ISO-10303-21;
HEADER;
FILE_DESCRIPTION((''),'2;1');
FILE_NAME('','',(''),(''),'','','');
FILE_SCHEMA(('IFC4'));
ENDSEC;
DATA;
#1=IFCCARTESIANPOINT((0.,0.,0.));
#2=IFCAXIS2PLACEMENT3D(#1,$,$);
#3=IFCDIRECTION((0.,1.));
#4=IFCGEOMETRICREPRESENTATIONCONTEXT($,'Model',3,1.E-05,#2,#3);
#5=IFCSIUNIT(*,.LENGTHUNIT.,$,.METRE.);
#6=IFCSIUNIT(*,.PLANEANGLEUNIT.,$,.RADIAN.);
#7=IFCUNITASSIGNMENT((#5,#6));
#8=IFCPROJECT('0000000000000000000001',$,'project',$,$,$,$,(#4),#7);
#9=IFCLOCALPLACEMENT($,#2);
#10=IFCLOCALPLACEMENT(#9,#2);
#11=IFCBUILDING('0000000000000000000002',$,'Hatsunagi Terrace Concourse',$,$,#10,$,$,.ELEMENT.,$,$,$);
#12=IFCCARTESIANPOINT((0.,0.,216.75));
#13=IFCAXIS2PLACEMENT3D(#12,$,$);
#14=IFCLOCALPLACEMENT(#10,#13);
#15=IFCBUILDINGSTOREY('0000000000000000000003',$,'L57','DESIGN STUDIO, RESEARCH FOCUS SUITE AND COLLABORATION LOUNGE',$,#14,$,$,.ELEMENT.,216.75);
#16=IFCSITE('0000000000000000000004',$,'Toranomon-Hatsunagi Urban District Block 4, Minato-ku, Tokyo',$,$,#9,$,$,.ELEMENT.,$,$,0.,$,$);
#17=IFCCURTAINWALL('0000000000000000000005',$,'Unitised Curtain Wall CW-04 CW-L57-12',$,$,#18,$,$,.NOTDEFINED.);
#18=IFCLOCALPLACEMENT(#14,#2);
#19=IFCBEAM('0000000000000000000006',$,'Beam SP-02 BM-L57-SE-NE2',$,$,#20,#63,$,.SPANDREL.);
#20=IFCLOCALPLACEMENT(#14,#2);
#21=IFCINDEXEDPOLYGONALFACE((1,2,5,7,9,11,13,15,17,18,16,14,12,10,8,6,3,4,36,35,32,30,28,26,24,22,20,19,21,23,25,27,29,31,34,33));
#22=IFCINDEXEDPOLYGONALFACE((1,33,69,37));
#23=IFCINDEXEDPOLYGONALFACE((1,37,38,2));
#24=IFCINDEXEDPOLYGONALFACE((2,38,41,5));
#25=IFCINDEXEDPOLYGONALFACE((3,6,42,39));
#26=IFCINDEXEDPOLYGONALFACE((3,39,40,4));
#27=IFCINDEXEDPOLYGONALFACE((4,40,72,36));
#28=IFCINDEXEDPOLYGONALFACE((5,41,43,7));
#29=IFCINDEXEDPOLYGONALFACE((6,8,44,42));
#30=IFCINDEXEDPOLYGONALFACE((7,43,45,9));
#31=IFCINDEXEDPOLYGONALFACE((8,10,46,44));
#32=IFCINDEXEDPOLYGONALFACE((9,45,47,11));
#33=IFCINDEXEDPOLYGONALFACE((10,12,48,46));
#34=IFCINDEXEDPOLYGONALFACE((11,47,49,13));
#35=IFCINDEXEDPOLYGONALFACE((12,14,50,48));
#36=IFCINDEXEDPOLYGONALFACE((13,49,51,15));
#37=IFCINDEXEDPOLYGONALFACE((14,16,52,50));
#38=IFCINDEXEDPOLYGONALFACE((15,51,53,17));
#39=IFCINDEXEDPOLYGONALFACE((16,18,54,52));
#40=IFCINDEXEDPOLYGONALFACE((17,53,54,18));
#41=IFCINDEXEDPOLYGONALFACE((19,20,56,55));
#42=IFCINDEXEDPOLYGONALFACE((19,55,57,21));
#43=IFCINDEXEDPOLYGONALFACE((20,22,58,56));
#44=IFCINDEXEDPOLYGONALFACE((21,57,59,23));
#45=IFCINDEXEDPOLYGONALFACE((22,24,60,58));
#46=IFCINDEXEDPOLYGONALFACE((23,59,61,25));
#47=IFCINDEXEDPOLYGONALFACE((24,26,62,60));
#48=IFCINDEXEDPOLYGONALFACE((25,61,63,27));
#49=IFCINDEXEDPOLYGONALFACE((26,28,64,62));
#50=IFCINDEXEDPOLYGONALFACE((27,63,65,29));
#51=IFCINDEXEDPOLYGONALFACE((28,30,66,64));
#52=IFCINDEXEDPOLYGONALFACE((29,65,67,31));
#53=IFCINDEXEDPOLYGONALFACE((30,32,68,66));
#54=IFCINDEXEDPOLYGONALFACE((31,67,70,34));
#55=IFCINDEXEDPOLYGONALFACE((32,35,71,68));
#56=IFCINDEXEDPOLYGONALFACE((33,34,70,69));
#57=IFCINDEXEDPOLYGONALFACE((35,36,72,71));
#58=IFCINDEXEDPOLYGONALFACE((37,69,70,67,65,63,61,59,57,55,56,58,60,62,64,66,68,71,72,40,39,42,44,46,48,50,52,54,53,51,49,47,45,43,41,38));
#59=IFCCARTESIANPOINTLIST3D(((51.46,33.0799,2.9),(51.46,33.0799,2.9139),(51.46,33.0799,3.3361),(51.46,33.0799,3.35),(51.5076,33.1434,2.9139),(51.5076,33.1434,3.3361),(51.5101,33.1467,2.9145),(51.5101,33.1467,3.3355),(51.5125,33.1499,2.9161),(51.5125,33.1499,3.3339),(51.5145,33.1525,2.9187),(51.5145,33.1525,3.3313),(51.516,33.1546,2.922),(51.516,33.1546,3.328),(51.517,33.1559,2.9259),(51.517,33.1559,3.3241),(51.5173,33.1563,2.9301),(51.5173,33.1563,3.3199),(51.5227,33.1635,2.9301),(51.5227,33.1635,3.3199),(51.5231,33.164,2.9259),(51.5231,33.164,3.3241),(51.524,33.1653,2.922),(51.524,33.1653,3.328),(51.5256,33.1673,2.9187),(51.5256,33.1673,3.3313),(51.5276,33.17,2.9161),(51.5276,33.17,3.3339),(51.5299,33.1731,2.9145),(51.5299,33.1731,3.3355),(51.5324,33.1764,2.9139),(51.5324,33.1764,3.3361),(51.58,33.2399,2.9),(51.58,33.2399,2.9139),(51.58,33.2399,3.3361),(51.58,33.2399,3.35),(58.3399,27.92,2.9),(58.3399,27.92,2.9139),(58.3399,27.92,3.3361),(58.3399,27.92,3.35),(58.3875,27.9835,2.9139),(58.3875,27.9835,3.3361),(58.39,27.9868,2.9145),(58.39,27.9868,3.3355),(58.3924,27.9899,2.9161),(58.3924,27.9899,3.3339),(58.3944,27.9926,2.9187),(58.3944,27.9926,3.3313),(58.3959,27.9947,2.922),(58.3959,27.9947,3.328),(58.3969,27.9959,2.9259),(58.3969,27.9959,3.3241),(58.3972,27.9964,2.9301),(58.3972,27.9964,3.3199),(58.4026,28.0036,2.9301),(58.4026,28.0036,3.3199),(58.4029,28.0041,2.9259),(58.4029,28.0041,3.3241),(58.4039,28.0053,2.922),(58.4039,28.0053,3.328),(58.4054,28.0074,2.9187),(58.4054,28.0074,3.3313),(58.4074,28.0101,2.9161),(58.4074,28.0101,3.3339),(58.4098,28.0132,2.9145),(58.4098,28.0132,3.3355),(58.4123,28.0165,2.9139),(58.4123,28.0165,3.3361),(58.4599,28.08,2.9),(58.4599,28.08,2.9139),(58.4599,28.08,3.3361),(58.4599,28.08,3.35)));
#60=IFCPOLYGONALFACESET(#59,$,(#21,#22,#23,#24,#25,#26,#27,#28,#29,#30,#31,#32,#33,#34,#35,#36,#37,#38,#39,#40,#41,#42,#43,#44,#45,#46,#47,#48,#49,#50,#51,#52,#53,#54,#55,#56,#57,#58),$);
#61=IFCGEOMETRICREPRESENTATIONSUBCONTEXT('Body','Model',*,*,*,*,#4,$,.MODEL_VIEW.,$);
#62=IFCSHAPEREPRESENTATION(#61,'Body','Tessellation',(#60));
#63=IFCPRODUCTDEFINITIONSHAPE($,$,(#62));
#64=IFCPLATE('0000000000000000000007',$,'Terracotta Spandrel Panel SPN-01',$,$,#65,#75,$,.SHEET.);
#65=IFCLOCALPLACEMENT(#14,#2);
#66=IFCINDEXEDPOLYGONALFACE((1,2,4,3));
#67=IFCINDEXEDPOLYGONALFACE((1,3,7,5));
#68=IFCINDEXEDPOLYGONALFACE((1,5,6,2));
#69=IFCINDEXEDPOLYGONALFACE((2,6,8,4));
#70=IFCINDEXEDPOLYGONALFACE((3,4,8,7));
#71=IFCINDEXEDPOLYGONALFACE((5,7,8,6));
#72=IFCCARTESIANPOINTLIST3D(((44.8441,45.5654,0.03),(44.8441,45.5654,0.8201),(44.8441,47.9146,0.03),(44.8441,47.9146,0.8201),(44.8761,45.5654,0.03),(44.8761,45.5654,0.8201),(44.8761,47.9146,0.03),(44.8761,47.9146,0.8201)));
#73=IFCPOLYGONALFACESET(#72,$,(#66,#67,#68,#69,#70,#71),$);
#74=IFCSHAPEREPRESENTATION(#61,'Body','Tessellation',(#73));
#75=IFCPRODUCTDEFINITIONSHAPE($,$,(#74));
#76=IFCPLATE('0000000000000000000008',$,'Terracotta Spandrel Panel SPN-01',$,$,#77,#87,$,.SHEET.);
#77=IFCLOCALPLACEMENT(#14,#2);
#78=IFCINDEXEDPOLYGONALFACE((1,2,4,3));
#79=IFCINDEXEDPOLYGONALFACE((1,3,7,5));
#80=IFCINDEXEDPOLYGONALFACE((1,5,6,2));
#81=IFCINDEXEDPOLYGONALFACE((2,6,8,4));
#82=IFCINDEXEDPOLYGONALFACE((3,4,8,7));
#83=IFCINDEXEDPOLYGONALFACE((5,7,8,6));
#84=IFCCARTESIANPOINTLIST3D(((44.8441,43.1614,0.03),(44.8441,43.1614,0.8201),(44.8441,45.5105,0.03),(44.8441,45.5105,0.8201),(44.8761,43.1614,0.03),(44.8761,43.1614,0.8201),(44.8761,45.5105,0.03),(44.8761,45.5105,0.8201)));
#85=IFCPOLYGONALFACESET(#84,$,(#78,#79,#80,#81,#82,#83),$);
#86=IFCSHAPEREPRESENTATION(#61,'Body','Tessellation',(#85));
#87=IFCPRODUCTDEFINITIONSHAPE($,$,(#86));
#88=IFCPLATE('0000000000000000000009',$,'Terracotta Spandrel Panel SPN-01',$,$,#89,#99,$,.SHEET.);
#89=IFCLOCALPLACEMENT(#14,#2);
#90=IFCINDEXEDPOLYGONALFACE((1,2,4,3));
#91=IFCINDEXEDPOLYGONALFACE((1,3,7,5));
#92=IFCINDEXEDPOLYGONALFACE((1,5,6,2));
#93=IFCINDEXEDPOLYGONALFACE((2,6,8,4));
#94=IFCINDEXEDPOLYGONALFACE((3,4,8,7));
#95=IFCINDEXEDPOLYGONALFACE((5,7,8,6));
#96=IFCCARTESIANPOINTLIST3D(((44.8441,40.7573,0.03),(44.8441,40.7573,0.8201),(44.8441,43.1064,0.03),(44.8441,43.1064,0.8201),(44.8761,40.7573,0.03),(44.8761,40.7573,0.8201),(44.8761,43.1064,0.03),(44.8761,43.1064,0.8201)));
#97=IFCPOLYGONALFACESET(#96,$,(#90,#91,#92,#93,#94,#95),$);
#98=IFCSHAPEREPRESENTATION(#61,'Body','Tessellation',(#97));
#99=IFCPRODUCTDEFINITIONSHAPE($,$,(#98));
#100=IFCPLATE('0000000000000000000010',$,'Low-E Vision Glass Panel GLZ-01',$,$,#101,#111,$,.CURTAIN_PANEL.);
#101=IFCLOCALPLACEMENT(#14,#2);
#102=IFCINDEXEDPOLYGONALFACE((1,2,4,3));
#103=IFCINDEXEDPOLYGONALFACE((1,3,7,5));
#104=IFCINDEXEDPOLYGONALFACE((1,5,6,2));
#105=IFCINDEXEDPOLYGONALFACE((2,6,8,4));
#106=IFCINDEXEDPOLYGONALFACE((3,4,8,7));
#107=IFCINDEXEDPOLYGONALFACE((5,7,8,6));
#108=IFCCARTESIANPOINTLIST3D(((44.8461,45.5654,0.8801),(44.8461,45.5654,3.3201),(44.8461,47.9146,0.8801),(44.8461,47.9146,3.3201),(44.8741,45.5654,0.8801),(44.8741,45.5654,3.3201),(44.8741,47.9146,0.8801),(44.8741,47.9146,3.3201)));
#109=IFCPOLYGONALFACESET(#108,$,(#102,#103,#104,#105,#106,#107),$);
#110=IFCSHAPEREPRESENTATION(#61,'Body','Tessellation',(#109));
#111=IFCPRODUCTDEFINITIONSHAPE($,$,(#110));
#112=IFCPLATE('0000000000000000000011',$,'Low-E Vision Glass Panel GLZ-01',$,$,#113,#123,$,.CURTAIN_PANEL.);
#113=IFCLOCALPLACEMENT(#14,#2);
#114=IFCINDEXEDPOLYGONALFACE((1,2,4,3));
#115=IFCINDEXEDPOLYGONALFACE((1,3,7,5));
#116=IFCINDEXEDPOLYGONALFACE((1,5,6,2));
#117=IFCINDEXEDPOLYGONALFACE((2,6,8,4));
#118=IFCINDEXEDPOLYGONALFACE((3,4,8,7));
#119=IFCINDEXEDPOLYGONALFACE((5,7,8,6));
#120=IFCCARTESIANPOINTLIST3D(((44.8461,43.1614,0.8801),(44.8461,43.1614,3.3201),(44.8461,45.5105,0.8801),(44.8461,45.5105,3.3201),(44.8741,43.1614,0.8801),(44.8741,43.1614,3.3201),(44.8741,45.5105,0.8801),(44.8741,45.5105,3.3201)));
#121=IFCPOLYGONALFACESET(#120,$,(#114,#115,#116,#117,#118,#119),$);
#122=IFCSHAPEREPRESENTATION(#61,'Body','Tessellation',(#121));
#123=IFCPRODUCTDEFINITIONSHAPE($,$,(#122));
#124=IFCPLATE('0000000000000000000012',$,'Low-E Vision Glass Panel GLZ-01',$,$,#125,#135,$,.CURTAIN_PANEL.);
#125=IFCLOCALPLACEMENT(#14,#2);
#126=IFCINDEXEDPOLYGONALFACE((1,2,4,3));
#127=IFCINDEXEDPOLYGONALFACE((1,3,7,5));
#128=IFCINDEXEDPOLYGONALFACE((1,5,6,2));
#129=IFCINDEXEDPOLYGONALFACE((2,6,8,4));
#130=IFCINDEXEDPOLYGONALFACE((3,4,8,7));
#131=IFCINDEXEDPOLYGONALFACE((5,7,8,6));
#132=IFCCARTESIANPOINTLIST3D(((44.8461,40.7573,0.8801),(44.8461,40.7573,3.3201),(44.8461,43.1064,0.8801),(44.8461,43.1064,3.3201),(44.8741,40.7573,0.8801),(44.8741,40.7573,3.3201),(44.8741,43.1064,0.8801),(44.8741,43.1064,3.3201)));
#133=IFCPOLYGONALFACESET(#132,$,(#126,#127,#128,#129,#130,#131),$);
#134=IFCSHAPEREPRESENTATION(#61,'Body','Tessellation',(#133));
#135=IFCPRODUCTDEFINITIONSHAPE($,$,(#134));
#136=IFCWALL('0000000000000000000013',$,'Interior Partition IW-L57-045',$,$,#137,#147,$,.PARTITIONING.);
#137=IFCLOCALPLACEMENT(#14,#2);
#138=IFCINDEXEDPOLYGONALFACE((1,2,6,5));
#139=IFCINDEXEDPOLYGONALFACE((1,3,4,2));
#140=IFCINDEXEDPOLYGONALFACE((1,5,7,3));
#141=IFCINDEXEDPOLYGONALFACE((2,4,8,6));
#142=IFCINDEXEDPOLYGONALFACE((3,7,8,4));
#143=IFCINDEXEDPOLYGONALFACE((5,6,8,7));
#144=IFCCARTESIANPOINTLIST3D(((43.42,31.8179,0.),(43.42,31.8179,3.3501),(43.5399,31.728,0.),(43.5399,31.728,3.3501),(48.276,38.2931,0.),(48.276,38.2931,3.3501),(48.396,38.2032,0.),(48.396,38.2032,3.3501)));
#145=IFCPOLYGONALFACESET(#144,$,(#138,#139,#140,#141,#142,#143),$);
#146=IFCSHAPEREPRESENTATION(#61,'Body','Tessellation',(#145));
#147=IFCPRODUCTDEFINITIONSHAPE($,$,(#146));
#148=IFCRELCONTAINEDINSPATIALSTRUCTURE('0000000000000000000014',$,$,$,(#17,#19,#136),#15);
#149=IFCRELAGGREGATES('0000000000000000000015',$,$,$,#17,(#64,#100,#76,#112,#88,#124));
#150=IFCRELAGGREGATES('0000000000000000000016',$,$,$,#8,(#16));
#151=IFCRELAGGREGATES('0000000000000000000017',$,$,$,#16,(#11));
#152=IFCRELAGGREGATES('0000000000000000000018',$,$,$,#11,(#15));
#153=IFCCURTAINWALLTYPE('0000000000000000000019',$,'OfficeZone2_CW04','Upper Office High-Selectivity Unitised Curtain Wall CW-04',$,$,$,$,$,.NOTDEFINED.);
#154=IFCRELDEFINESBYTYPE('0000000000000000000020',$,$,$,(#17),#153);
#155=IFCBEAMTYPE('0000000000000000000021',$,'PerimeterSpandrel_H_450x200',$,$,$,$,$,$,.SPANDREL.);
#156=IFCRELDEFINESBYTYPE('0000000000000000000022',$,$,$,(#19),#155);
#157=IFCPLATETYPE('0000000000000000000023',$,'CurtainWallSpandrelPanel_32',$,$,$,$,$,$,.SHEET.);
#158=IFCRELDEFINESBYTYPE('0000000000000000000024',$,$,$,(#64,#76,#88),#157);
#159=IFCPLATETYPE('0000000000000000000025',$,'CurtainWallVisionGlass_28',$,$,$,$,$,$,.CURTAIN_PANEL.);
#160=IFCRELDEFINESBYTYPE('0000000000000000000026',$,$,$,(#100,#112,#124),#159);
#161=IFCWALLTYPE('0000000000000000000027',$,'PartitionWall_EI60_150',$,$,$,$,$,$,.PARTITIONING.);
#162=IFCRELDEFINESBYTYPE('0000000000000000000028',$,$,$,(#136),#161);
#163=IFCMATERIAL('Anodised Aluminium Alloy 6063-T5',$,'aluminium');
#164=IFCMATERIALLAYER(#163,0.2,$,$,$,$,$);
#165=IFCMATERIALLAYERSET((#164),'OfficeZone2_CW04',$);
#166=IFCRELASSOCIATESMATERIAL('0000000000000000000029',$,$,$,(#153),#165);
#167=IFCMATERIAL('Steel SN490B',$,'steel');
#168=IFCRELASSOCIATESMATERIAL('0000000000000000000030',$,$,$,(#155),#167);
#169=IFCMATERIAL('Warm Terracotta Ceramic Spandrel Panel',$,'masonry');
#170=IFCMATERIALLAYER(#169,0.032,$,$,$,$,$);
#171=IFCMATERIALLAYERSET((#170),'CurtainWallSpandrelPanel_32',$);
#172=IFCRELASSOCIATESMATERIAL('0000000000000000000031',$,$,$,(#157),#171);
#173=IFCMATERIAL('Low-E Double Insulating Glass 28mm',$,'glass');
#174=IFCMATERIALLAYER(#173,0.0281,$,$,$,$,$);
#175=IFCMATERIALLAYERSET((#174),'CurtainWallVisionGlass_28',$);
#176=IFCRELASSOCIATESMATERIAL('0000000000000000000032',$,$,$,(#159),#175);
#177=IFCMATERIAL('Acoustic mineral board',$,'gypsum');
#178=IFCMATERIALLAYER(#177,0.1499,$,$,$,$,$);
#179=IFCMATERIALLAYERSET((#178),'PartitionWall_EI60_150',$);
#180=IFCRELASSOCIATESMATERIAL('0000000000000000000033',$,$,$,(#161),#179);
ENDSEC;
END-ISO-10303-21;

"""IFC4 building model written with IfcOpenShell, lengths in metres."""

from ifc_helpers import new_model, si_unit, direction, frame, frame_2d, origin, origin_2d, place, context, subcontext, project, spatial, rectangle, i_section, extrude, material, layer, layer_set, material_profile, profile_set, type_object, element, aggregate, save


model = new_model("IFC4")

# Units and contexts
model_context = context("Model", 3, precision=1e-05, world=origin(), true_north=direction((0.0, 1.0)))
body_context = subcontext(model_context, "Body", "Model", "MODEL_VIEW")
ifc_project = project(units=[si_unit("LENGTHUNIT", "METRE"), si_unit("PLANEANGLEUNIT", "RADIAN")], contexts=[model_context])

# Site, building, storey
site_placement = place(None, origin())
site = spatial("IfcSite", under=ifc_project, at=site_placement, Name="Toranomon-Hatsunagi Urban District Block 4, Minato-ku, Tokyo", CompositionType="ELEMENT", RefElevation=0.0)
building_placement = place(site_placement, origin())
building = spatial("IfcBuilding", under=site, at=building_placement, Name="Hatsunagi Terrace Concourse", CompositionType="ELEMENT")
storey_placement = place(building_placement, frame((0.0, 0.0, 216.75)))
storey = spatial("IfcBuildingStorey", under=building, at=storey_placement, Name="L57", Description="DESIGN STUDIO, RESEARCH FOCUS SUITE AND COLLABORATION LOUNGE", CompositionType="ELEMENT", Elevation=216.75)

# Curtain wall
ifc_material_1 = material(Name="Anodised Aluminium Alloy 6063-T5", Category="aluminium")
ifc_layer_1 = layer(ifc_material_1, 0.2)
ifc_layer_set_1 = layer_set([ifc_layer_1], Name="OfficeZone2_CW04")
curtain_wall_type = type_object("IfcCurtainWallType", Name="OfficeZone2_CW04", Description="Upper Office High-Selectivity Unitised Curtain Wall CW-04", PredefinedType="NOTDEFINED", material=ifc_layer_set_1)
curtain_wall_1_placement = place(storey_placement, origin())
curtain_wall_1 = element("IfcCurtainWall", 1, at=curtain_wall_1_placement, inside=storey, type_object=curtain_wall_type, Name="Unitised Curtain Wall CW-04 CW-L57-12", PredefinedType="NOTDEFINED")

# Beam
ifc_material_2 = material(Name="Steel SN490B", Category="steel")
ifc_material_profile_1 = material_profile(ifc_material_2, i_section(OverallWidth=0.2, OverallDepth=0.45, WebThickness=0.009, FlangeThickness=0.0139, FilletRadius=0.0161, at=origin_2d()), Name="H-450x200x9x14")
ifc_profile_set_1 = profile_set([ifc_material_profile_1], Name="Steel SN490B")
beam_type_1 = type_object("IfcBeamType", Name="PerimeterSpandrel_H_450x200", PredefinedType="SPANDREL", material=ifc_profile_set_1)
beam_1_placement = place(storey_placement, frame((51.52, 33.1599, 3.125), z_axis=(0.8, -0.6, 0.0), x_axis=(0.6, 0.8, 0.0)))
element("IfcBeam", 2, at=beam_1_placement, inside=storey, type_object=beam_type_1, Name="Beam SP-02 BM-L57-SE-NE2", PredefinedType="SPANDREL", context=body_context, shape_type="SweptSolid", body=[
    extrude(i_section(OverallWidth=0.2, OverallDepth=0.45, WebThickness=0.009, FlangeThickness=0.0139, FilletRadius=0.0161, at=origin_2d()), origin(), (0.0, 0.0, 1.0), 8.5999),
])

# Plates
ifc_material_3 = material(Name="Warm Terracotta Ceramic Spandrel Panel", Category="masonry")
ifc_layer_2 = layer(ifc_material_3, 0.032)
ifc_layer_set_2 = layer_set([ifc_layer_2], Name="CurtainWallSpandrelPanel_32")
plate_type_1 = type_object("IfcPlateType", Name="CurtainWallSpandrelPanel_32", PredefinedType="SHEET", material=ifc_layer_set_2)
plate_1_placement = place(storey_placement, frame((44.8601, 46.74, 0.03), z_axis=(0.0, 0.0, 1.0), x_axis=(0.0, -1.0, 0.0)))
plate_1 = element("IfcPlate", 3, at=plate_1_placement, type_object=plate_type_1, Name="Terracotta Spandrel Panel SPN-01", PredefinedType="SHEET", context=body_context, shape_type="SweptSolid", body=[
    extrude(rectangle(XDim=2.3491, YDim=0.032, at=origin_2d()), origin(), (0.0, 0.0, 1.0), 0.79),
])
plate_2_placement = place(storey_placement, frame((44.8601, 44.3359, 0.03), z_axis=(0.0, 0.0, 1.0), x_axis=(0.0, -1.0, 0.0)))
plate_2 = element("IfcPlate", 4, at=plate_2_placement, type_object=plate_type_1, Name="Terracotta Spandrel Panel SPN-01", PredefinedType="SHEET", context=body_context, shape_type="SweptSolid", body=[
    extrude(rectangle(XDim=2.3491, YDim=0.032, at=origin_2d()), origin(), (0.0, 0.0, 1.0), 0.79),
])
plate_3_placement = place(storey_placement, frame((44.8601, 41.9319, 0.03), z_axis=(0.0, 0.0, 1.0), x_axis=(0.0, -1.0, 0.0)))
plate_3 = element("IfcPlate", 5, at=plate_3_placement, type_object=plate_type_1, Name="Terracotta Spandrel Panel SPN-01", PredefinedType="SHEET", context=body_context, shape_type="SweptSolid", body=[
    extrude(rectangle(XDim=2.3491, YDim=0.032, at=origin_2d()), origin(), (0.0, 0.0, 1.0), 0.79),
])
ifc_material_4 = material(Name="Low-E Double Insulating Glass 28mm", Category="glass")
ifc_layer_3 = layer(ifc_material_4, 0.0281)
ifc_layer_set_3 = layer_set([ifc_layer_3], Name="CurtainWallVisionGlass_28")
plate_type_2 = type_object("IfcPlateType", Name="CurtainWallVisionGlass_28", PredefinedType="CURTAIN_PANEL", material=ifc_layer_set_3)
plate_4_placement = place(storey_placement, frame((44.8601, 46.74, 0.8801), z_axis=(0.0, 0.0, 1.0), x_axis=(0.0, -1.0, 0.0)))
plate_4 = element("IfcPlate", 6, at=plate_4_placement, type_object=plate_type_2, Name="Low-E Vision Glass Panel GLZ-01", PredefinedType="CURTAIN_PANEL", context=body_context, shape_type="SweptSolid", body=[
    extrude(rectangle(XDim=2.3491, YDim=0.0281, at=origin_2d()), origin(), (0.0, 0.0, 1.0), 2.4399),
])
plate_5_placement = place(storey_placement, frame((44.8601, 44.3359, 0.8801), z_axis=(0.0, 0.0, 1.0), x_axis=(0.0, -1.0, 0.0)))
plate_5 = element("IfcPlate", 7, at=plate_5_placement, type_object=plate_type_2, Name="Low-E Vision Glass Panel GLZ-01", PredefinedType="CURTAIN_PANEL", context=body_context, shape_type="SweptSolid", body=[
    extrude(rectangle(XDim=2.3491, YDim=0.0281, at=origin_2d()), origin(), (0.0, 0.0, 1.0), 2.4399),
])
plate_6_placement = place(storey_placement, frame((44.8601, 41.9319, 0.8801), z_axis=(0.0, 0.0, 1.0), x_axis=(0.0, -1.0, 0.0)))
plate_6 = element("IfcPlate", 8, at=plate_6_placement, type_object=plate_type_2, Name="Low-E Vision Glass Panel GLZ-01", PredefinedType="CURTAIN_PANEL", context=body_context, shape_type="SweptSolid", body=[
    extrude(rectangle(XDim=2.3491, YDim=0.0281, at=origin_2d()), origin(), (0.0, 0.0, 1.0), 2.4399),
])
aggregate(curtain_wall_1, [plate_1, plate_4, plate_2, plate_5, plate_3, plate_6])

# Shared definitions
ifc_material_5 = material(Name="Acoustic mineral board", Category="gypsum")
ifc_layer_4 = layer(ifc_material_5, 0.1499)
ifc_layer_set_4 = layer_set([ifc_layer_4], Name="PartitionWall_EI60_150")
wall_type_1 = type_object("IfcWallType", Name="PartitionWall_EI60_150", PredefinedType="PARTITIONING", material=ifc_layer_set_4)

# Wall
wall_1_placement = place(storey_placement, frame((43.48, 31.7729, 0.0), z_axis=(0.0, 0.0, 1.0), x_axis=(0.599971, 0.800022, 0.0)))
element("IfcWall", 9, at=wall_1_placement, inside=storey, type_object=wall_type_1, Name="Interior Partition IW-L57-045", PredefinedType="PARTITIONING", context=body_context, shape_type="SweptSolid", body=[
    extrude(rectangle(XDim=8.0938, YDim=0.1499, at=frame_2d((4.0469, 0.0))), origin(), (0.0, 0.0, 1.0), 3.3501),
])

save(model, "model.ifc")
